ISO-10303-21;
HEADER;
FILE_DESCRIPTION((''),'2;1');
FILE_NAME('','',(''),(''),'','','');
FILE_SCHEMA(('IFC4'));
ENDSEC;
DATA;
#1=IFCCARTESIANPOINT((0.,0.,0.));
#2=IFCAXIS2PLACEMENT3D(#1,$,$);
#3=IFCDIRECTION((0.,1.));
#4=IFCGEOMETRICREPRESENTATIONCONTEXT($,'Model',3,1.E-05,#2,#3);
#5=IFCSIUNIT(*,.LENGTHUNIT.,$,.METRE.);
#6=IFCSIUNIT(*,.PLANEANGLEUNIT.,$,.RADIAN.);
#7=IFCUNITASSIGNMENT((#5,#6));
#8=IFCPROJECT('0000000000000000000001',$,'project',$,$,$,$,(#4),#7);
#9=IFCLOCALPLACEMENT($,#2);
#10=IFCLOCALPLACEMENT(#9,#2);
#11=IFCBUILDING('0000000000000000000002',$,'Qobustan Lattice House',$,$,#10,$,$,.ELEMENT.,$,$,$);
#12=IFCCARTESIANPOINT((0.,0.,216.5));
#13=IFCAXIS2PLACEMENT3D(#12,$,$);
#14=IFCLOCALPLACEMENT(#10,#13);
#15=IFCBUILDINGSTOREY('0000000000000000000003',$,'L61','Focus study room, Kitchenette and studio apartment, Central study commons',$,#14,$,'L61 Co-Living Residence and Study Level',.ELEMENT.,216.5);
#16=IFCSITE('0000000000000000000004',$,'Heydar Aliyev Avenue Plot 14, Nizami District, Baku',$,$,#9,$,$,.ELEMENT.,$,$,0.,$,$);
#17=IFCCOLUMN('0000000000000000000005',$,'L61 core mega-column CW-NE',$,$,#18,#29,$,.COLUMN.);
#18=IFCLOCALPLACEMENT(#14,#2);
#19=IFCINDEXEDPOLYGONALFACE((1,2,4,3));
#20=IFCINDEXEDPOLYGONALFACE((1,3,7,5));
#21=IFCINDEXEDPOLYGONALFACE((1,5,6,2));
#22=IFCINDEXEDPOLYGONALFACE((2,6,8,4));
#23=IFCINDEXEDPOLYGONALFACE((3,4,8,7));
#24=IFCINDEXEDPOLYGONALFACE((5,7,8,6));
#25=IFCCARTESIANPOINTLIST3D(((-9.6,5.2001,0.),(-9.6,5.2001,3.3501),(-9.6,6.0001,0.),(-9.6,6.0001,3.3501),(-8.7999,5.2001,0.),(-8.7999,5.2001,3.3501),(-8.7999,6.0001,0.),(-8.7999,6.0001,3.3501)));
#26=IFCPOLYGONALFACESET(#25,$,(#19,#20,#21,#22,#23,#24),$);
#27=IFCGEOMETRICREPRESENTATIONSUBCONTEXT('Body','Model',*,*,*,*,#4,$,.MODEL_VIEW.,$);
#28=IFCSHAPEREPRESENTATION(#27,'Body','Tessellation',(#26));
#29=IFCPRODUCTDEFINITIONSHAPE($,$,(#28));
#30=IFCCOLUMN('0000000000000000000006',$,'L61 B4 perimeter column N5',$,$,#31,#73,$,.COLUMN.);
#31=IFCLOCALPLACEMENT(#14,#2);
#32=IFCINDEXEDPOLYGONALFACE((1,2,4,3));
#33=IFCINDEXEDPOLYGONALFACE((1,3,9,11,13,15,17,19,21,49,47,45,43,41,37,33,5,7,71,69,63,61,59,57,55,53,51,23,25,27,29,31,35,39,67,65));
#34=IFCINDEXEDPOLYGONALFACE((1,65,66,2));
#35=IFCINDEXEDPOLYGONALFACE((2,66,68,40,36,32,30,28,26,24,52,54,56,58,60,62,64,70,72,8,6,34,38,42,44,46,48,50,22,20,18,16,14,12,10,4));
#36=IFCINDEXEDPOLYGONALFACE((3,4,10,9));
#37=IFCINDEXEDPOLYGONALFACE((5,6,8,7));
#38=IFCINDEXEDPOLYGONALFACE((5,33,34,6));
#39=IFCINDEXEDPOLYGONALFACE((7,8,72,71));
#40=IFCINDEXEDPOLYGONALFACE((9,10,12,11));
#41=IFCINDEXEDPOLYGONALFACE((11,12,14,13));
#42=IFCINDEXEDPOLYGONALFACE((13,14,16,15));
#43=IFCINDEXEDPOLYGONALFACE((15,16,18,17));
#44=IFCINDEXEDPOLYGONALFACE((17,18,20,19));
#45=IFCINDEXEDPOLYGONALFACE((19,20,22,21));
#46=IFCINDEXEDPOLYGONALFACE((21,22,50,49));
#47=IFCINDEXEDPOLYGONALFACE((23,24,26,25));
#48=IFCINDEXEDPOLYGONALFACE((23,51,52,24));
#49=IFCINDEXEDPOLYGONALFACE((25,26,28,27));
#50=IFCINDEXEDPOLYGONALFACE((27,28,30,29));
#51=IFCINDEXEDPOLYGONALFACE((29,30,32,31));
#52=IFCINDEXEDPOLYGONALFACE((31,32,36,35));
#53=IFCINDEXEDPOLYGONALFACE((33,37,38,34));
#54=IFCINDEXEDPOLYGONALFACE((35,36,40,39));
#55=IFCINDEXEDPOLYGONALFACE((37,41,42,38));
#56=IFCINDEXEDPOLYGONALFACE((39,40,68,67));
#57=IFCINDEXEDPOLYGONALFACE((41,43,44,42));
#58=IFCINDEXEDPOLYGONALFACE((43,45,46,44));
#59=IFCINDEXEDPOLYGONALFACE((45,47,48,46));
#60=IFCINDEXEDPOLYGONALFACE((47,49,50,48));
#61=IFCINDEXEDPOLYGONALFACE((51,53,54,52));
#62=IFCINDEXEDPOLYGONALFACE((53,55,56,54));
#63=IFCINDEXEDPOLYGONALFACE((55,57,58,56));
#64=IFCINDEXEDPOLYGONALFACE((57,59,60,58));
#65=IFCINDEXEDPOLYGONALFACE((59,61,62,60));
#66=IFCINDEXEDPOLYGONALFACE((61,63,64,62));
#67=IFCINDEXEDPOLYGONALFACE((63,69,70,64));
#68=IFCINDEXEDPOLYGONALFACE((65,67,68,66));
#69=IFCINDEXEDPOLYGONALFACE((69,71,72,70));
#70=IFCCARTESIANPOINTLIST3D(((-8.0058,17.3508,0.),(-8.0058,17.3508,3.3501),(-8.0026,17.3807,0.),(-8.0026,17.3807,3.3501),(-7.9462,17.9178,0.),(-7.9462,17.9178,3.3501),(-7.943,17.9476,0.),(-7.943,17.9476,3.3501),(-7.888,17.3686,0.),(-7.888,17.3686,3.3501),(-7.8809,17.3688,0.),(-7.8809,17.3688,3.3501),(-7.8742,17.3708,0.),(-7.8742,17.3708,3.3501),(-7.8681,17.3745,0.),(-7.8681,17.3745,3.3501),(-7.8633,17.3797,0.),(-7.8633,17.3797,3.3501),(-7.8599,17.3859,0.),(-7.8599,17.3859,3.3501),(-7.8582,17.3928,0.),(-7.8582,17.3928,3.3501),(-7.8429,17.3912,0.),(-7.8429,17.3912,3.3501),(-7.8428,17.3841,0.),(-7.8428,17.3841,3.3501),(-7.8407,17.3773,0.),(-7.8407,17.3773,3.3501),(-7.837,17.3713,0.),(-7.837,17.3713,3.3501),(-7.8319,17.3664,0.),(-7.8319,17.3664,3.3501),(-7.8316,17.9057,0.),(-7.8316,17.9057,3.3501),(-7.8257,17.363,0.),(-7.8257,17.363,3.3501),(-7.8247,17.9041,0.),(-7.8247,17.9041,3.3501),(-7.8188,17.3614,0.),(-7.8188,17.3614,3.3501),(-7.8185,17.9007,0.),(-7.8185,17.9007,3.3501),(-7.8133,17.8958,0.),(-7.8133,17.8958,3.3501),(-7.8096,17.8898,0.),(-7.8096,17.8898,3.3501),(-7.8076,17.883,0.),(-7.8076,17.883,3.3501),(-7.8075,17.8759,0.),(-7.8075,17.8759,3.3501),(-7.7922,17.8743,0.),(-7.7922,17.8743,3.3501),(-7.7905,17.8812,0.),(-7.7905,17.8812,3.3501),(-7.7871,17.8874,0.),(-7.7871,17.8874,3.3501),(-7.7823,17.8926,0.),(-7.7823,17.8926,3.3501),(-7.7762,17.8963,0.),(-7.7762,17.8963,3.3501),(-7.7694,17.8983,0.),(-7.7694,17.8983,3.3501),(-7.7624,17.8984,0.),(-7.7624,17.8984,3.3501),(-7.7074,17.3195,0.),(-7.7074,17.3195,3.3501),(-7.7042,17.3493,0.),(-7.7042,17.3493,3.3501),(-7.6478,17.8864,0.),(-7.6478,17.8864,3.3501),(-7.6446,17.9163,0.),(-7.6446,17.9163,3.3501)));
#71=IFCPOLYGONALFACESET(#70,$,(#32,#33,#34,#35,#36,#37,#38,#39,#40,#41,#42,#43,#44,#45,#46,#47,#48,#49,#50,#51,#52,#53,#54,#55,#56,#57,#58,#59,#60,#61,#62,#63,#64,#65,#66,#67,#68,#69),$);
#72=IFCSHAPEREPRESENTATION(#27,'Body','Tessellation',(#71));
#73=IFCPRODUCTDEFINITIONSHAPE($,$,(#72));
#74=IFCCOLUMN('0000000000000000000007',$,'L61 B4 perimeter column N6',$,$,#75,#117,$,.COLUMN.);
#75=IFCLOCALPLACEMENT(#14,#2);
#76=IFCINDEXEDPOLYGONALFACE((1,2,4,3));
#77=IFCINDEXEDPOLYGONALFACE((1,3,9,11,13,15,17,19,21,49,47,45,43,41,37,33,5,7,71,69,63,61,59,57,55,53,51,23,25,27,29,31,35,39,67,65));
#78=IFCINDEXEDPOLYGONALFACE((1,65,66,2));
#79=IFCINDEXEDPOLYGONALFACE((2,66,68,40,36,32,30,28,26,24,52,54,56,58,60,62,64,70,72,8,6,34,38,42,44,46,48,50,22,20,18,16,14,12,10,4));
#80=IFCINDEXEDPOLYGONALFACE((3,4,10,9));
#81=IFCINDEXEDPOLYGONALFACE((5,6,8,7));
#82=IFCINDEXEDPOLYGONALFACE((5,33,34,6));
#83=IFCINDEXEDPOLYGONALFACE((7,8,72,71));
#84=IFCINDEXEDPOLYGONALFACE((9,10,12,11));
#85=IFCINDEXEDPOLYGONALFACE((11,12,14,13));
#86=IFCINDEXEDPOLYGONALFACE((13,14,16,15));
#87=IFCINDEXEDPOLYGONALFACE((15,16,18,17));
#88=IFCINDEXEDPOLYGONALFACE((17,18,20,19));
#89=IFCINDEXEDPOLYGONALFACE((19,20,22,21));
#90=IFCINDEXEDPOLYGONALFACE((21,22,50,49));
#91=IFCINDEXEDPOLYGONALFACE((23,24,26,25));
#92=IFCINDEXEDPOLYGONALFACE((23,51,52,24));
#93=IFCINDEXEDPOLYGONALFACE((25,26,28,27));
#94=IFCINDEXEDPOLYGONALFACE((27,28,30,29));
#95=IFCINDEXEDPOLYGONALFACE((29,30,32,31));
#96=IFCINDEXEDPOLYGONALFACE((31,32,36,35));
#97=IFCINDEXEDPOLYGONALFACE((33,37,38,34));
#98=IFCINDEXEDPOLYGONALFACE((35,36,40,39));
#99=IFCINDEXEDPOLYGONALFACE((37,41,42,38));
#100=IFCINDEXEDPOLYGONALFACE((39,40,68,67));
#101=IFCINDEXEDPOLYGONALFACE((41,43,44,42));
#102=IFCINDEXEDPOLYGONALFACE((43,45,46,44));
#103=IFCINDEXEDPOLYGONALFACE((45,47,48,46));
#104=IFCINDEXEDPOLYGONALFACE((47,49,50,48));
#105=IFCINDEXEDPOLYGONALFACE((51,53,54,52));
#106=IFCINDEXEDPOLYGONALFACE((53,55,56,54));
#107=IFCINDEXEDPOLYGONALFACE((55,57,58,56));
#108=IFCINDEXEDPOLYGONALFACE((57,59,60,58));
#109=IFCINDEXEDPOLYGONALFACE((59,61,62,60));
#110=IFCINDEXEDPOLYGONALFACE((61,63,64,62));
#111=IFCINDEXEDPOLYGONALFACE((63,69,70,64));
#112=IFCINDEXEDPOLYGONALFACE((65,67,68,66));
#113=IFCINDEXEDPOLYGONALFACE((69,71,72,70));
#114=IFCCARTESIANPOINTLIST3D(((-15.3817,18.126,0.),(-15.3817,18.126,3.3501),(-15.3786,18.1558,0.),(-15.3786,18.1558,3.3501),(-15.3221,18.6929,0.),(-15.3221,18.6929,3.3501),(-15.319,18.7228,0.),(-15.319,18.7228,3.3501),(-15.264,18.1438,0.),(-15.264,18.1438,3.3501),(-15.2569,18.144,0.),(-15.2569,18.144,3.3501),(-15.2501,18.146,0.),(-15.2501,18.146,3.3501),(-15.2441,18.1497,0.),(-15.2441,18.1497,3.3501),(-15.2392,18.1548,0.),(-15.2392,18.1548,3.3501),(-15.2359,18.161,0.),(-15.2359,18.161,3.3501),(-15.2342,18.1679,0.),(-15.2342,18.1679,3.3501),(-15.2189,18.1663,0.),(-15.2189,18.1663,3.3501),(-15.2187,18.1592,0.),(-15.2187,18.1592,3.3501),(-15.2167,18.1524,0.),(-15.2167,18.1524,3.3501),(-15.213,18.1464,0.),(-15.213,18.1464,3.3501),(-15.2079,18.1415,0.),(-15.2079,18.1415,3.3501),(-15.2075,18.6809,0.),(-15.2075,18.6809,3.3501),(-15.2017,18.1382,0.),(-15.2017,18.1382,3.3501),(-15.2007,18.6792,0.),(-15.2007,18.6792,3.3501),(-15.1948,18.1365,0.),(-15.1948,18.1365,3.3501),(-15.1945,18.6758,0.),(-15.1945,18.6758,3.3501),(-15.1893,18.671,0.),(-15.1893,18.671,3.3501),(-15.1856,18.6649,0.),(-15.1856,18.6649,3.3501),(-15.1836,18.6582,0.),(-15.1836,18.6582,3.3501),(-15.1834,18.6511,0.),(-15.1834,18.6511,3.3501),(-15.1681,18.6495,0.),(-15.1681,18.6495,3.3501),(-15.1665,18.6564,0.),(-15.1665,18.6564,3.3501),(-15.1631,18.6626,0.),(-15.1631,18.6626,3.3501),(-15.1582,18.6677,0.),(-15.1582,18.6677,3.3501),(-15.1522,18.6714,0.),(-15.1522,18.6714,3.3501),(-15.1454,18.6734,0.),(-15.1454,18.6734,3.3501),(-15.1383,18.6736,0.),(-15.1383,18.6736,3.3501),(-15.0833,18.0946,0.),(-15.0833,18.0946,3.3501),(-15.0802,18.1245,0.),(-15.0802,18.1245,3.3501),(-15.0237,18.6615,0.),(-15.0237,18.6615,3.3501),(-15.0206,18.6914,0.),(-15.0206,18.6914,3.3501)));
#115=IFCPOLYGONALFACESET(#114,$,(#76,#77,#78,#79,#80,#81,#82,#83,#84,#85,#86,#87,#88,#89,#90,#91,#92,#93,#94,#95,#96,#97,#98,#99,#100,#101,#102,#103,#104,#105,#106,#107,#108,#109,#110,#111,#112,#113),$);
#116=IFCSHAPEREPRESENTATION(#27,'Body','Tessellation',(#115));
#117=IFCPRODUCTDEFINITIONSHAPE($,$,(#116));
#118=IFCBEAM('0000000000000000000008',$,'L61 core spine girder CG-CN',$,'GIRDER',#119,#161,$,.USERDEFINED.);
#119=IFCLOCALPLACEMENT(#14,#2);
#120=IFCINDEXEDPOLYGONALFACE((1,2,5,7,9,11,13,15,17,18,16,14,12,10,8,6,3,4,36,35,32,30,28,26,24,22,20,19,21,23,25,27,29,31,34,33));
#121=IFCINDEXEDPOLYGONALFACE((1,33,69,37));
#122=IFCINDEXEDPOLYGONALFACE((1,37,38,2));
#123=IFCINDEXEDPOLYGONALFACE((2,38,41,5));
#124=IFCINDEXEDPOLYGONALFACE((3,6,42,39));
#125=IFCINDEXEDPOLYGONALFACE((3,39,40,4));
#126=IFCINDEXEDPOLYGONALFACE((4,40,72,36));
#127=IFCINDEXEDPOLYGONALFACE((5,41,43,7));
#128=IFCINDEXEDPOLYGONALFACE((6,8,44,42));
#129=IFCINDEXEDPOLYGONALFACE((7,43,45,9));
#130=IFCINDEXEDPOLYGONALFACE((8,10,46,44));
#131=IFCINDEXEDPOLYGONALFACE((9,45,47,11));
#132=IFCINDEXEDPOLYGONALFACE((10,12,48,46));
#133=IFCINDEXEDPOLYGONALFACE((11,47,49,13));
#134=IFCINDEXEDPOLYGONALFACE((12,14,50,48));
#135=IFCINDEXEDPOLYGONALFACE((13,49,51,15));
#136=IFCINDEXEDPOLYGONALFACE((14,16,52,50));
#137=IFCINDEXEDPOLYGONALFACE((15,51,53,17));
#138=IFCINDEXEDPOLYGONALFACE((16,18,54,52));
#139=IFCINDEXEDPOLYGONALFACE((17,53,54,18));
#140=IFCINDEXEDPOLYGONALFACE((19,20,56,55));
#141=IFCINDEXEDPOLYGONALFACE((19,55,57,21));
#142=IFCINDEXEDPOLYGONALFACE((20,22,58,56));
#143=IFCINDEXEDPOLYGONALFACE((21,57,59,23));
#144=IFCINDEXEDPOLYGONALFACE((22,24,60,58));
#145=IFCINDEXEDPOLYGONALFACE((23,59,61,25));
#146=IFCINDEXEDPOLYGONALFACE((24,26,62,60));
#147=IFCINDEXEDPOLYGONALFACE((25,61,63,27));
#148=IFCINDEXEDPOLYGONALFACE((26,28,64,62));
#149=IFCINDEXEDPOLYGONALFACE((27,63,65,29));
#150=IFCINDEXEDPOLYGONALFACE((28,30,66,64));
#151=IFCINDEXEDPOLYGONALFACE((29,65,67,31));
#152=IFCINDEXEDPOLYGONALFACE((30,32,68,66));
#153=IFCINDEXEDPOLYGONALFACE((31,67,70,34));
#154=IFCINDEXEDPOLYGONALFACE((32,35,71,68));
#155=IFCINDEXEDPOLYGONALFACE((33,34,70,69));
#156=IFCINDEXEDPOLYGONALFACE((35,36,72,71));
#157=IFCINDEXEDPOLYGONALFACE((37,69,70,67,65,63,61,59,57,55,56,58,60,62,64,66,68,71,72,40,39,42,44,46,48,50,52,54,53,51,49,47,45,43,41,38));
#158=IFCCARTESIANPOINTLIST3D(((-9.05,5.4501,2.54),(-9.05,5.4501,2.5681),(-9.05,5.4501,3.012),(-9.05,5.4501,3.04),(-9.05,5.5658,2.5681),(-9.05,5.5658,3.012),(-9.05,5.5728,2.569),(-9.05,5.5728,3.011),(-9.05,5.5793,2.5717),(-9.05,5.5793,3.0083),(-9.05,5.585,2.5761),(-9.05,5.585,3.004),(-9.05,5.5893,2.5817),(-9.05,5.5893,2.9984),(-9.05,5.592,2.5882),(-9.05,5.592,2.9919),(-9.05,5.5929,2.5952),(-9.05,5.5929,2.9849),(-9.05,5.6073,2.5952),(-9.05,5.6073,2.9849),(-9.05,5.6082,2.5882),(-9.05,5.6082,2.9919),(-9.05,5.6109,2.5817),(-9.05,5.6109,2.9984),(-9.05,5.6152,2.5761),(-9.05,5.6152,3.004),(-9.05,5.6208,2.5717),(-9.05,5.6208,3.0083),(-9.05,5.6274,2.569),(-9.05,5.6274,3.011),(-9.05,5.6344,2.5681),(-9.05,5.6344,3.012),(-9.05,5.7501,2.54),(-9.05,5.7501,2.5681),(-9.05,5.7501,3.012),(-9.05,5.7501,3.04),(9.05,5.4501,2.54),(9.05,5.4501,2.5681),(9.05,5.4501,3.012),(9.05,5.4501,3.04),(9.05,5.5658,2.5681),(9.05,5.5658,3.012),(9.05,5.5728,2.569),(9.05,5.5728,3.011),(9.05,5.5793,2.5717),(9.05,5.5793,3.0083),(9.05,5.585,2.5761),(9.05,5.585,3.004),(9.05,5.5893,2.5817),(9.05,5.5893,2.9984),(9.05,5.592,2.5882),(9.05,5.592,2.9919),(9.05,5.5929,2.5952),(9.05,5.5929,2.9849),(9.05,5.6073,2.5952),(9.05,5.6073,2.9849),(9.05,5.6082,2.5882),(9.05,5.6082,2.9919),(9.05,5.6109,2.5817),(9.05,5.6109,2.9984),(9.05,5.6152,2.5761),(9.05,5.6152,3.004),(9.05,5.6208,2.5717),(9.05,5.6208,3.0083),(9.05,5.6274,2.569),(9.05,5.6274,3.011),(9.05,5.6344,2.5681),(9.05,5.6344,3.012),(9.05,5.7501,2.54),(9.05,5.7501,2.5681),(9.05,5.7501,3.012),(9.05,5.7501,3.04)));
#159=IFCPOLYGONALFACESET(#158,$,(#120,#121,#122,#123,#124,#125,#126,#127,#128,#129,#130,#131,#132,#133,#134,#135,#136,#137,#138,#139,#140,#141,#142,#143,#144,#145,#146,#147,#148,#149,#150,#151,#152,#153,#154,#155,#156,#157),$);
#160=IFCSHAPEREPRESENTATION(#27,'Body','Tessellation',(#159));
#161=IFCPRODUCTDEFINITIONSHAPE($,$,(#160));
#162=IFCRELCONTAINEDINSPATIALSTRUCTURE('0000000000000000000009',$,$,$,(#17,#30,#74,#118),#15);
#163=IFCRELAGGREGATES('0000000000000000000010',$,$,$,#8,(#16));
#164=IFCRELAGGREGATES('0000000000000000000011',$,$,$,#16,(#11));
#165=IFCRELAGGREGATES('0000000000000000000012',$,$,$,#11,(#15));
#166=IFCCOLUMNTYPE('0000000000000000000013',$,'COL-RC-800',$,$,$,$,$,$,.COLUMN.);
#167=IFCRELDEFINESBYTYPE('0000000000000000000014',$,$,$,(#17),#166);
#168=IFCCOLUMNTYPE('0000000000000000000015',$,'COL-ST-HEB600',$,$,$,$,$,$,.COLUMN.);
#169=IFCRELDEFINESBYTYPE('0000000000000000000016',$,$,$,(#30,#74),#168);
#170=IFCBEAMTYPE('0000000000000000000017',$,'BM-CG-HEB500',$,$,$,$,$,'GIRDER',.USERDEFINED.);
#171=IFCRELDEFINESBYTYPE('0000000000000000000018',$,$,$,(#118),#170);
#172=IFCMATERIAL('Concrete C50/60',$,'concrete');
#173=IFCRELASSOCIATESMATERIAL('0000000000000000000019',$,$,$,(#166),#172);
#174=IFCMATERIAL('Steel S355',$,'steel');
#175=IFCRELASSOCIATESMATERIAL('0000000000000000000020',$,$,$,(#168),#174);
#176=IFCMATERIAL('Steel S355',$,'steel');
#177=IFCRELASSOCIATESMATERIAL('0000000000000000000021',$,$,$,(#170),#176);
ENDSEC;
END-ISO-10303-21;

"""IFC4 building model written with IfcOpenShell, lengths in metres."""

from ifc_helpers import new_model, si_unit, direction, frame, origin, origin_2d, place, context, subcontext, project, spatial, rectangle, i_section, extrude, material, material_profile, profile_set, type_object, element, save


model = new_model("IFC4")

# Units and contexts
model_context = context("Model", 3, precision=1e-05, world=origin(), true_north=direction((0.0, 1.0)))
body_context = subcontext(model_context, "Body", "Model", "MODEL_VIEW")
ifc_project = project(units=[si_unit("LENGTHUNIT", "METRE"), si_unit("PLANEANGLEUNIT", "RADIAN")], contexts=[model_context])

# Site, building, storey
site_placement = place(None, origin())
site = spatial("IfcSite", under=ifc_project, at=site_placement, Name="Heydar Aliyev Avenue Plot 14, Nizami District, Baku", CompositionType="ELEMENT", RefElevation=0.0)
building_placement = place(site_placement, origin())
building = spatial("IfcBuilding", under=site, at=building_placement, Name="Qobustan Lattice House", CompositionType="ELEMENT")
storey_placement = place(building_placement, frame((0.0, 0.0, 216.5)))
storey = spatial("IfcBuildingStorey", under=building, at=storey_placement, Name="L61", Description="Focus study room, Kitchenette and studio apartment, Central study commons", LongName="L61 Co-Living Residence and Study Level", CompositionType="ELEMENT", Elevation=216.5)

# Columns
ifc_material_1 = material(Name="Concrete C50/60", Category="concrete")
ifc_material_profile_1 = material_profile(ifc_material_1, rectangle(XDim=0.8, YDim=0.8, at=origin_2d()), Name="RC800x800")
ifc_profile_set_1 = profile_set([ifc_material_profile_1], Name="Concrete C50/60")
column_type_1 = type_object("IfcColumnType", Name="COL-RC-800", PredefinedType="COLUMN", material=ifc_profile_set_1)
column_placement = place(storey_placement, frame((-9.2, 5.6001, 0.0), z_axis=(0.0, 0.0, 1.0), x_axis=(1.0, 0.0, 0.0)))
element("IfcColumn", 1, at=column_placement, inside=storey, type_object=column_type_1, Name="L61 core mega-column CW-NE", PredefinedType="COLUMN", context=body_context, shape_type="SweptSolid", body=[
    extrude(rectangle(XDim=0.8, YDim=0.8, at=origin_2d()), origin(), (0.0, 0.0, 1.0), 3.3501),
])
ifc_material_2 = material(Name="Steel S355", Category="steel")
ifc_material_profile_2 = material_profile(ifc_material_2, i_section(OverallWidth=0.3, OverallDepth=0.6001, WebThickness=0.0154, FlangeThickness=0.03, FilletRadius=0.0271, at=origin_2d()), Name="HEB600")
ifc_profile_set_2 = profile_set([ifc_material_profile_2], Name="Steel S355")
column_type_2 = type_object("IfcColumnType", Name="COL-ST-HEB600", PredefinedType="COLUMN", material=ifc_profile_set_2)
for number, where, z_axis, x_axis, name in (
    (2, (-7.8252, 17.6335, 0.0), (0.0, 0.0, 1.0), (0.994522, -0.104528, 0.0), "L61 B4 perimeter column N5"),
    (3, (-15.2012, 18.4087, 0.0), (0.0, 0.0, 1.0), (0.994522, -0.104528, 0.0), "L61 B4 perimeter column N6"),
):
    element("IfcColumn", number, at=place(storey_placement, frame(where, z_axis=z_axis, x_axis=x_axis)), inside=storey, type_object=column_type_2, Name=name, PredefinedType="COLUMN", context=body_context, shape_type="SweptSolid", body=[
        extrude(i_section(OverallWidth=0.3, OverallDepth=0.6001, WebThickness=0.0154, FlangeThickness=0.03, FilletRadius=0.0271, at=origin_2d()), origin(), (0.0, 0.0, 1.0), 3.3501),
    ])

# Beam
ifc_material_3 = material(Name="Steel S355", Category="steel")
ifc_material_profile_3 = material_profile(ifc_material_3, i_section(OverallWidth=0.3, OverallDepth=0.5, WebThickness=0.0144, FlangeThickness=0.0281, FilletRadius=0.0271, at=origin_2d()), Name="HEB500")
ifc_profile_set_3 = profile_set([ifc_material_profile_3], Name="Steel S355")
beam_type_1 = type_object("IfcBeamType", Name="BM-CG-HEB500", ElementType="GIRDER", PredefinedType="USERDEFINED", material=ifc_profile_set_3)
beam_1_placement = place(storey_placement, frame((-9.05, 5.6001, 2.79), z_axis=(1.0, 0.0, 0.0), x_axis=(0.0, 1.0, 0.0)))
element("IfcBeam", 4, at=beam_1_placement, inside=storey, type_object=beam_type_1, Name="L61 core spine girder CG-CN", ObjectType="GIRDER", PredefinedType="USERDEFINED", context=body_context, shape_type="SweptSolid", body=[
    extrude(i_section(OverallWidth=0.3, OverallDepth=0.5, WebThickness=0.0144, FlangeThickness=0.0281, FilletRadius=0.0271, at=origin_2d()), origin(), (0.0, 0.0, 1.0), 18.1001),
])

save(model, "model.ifc")
